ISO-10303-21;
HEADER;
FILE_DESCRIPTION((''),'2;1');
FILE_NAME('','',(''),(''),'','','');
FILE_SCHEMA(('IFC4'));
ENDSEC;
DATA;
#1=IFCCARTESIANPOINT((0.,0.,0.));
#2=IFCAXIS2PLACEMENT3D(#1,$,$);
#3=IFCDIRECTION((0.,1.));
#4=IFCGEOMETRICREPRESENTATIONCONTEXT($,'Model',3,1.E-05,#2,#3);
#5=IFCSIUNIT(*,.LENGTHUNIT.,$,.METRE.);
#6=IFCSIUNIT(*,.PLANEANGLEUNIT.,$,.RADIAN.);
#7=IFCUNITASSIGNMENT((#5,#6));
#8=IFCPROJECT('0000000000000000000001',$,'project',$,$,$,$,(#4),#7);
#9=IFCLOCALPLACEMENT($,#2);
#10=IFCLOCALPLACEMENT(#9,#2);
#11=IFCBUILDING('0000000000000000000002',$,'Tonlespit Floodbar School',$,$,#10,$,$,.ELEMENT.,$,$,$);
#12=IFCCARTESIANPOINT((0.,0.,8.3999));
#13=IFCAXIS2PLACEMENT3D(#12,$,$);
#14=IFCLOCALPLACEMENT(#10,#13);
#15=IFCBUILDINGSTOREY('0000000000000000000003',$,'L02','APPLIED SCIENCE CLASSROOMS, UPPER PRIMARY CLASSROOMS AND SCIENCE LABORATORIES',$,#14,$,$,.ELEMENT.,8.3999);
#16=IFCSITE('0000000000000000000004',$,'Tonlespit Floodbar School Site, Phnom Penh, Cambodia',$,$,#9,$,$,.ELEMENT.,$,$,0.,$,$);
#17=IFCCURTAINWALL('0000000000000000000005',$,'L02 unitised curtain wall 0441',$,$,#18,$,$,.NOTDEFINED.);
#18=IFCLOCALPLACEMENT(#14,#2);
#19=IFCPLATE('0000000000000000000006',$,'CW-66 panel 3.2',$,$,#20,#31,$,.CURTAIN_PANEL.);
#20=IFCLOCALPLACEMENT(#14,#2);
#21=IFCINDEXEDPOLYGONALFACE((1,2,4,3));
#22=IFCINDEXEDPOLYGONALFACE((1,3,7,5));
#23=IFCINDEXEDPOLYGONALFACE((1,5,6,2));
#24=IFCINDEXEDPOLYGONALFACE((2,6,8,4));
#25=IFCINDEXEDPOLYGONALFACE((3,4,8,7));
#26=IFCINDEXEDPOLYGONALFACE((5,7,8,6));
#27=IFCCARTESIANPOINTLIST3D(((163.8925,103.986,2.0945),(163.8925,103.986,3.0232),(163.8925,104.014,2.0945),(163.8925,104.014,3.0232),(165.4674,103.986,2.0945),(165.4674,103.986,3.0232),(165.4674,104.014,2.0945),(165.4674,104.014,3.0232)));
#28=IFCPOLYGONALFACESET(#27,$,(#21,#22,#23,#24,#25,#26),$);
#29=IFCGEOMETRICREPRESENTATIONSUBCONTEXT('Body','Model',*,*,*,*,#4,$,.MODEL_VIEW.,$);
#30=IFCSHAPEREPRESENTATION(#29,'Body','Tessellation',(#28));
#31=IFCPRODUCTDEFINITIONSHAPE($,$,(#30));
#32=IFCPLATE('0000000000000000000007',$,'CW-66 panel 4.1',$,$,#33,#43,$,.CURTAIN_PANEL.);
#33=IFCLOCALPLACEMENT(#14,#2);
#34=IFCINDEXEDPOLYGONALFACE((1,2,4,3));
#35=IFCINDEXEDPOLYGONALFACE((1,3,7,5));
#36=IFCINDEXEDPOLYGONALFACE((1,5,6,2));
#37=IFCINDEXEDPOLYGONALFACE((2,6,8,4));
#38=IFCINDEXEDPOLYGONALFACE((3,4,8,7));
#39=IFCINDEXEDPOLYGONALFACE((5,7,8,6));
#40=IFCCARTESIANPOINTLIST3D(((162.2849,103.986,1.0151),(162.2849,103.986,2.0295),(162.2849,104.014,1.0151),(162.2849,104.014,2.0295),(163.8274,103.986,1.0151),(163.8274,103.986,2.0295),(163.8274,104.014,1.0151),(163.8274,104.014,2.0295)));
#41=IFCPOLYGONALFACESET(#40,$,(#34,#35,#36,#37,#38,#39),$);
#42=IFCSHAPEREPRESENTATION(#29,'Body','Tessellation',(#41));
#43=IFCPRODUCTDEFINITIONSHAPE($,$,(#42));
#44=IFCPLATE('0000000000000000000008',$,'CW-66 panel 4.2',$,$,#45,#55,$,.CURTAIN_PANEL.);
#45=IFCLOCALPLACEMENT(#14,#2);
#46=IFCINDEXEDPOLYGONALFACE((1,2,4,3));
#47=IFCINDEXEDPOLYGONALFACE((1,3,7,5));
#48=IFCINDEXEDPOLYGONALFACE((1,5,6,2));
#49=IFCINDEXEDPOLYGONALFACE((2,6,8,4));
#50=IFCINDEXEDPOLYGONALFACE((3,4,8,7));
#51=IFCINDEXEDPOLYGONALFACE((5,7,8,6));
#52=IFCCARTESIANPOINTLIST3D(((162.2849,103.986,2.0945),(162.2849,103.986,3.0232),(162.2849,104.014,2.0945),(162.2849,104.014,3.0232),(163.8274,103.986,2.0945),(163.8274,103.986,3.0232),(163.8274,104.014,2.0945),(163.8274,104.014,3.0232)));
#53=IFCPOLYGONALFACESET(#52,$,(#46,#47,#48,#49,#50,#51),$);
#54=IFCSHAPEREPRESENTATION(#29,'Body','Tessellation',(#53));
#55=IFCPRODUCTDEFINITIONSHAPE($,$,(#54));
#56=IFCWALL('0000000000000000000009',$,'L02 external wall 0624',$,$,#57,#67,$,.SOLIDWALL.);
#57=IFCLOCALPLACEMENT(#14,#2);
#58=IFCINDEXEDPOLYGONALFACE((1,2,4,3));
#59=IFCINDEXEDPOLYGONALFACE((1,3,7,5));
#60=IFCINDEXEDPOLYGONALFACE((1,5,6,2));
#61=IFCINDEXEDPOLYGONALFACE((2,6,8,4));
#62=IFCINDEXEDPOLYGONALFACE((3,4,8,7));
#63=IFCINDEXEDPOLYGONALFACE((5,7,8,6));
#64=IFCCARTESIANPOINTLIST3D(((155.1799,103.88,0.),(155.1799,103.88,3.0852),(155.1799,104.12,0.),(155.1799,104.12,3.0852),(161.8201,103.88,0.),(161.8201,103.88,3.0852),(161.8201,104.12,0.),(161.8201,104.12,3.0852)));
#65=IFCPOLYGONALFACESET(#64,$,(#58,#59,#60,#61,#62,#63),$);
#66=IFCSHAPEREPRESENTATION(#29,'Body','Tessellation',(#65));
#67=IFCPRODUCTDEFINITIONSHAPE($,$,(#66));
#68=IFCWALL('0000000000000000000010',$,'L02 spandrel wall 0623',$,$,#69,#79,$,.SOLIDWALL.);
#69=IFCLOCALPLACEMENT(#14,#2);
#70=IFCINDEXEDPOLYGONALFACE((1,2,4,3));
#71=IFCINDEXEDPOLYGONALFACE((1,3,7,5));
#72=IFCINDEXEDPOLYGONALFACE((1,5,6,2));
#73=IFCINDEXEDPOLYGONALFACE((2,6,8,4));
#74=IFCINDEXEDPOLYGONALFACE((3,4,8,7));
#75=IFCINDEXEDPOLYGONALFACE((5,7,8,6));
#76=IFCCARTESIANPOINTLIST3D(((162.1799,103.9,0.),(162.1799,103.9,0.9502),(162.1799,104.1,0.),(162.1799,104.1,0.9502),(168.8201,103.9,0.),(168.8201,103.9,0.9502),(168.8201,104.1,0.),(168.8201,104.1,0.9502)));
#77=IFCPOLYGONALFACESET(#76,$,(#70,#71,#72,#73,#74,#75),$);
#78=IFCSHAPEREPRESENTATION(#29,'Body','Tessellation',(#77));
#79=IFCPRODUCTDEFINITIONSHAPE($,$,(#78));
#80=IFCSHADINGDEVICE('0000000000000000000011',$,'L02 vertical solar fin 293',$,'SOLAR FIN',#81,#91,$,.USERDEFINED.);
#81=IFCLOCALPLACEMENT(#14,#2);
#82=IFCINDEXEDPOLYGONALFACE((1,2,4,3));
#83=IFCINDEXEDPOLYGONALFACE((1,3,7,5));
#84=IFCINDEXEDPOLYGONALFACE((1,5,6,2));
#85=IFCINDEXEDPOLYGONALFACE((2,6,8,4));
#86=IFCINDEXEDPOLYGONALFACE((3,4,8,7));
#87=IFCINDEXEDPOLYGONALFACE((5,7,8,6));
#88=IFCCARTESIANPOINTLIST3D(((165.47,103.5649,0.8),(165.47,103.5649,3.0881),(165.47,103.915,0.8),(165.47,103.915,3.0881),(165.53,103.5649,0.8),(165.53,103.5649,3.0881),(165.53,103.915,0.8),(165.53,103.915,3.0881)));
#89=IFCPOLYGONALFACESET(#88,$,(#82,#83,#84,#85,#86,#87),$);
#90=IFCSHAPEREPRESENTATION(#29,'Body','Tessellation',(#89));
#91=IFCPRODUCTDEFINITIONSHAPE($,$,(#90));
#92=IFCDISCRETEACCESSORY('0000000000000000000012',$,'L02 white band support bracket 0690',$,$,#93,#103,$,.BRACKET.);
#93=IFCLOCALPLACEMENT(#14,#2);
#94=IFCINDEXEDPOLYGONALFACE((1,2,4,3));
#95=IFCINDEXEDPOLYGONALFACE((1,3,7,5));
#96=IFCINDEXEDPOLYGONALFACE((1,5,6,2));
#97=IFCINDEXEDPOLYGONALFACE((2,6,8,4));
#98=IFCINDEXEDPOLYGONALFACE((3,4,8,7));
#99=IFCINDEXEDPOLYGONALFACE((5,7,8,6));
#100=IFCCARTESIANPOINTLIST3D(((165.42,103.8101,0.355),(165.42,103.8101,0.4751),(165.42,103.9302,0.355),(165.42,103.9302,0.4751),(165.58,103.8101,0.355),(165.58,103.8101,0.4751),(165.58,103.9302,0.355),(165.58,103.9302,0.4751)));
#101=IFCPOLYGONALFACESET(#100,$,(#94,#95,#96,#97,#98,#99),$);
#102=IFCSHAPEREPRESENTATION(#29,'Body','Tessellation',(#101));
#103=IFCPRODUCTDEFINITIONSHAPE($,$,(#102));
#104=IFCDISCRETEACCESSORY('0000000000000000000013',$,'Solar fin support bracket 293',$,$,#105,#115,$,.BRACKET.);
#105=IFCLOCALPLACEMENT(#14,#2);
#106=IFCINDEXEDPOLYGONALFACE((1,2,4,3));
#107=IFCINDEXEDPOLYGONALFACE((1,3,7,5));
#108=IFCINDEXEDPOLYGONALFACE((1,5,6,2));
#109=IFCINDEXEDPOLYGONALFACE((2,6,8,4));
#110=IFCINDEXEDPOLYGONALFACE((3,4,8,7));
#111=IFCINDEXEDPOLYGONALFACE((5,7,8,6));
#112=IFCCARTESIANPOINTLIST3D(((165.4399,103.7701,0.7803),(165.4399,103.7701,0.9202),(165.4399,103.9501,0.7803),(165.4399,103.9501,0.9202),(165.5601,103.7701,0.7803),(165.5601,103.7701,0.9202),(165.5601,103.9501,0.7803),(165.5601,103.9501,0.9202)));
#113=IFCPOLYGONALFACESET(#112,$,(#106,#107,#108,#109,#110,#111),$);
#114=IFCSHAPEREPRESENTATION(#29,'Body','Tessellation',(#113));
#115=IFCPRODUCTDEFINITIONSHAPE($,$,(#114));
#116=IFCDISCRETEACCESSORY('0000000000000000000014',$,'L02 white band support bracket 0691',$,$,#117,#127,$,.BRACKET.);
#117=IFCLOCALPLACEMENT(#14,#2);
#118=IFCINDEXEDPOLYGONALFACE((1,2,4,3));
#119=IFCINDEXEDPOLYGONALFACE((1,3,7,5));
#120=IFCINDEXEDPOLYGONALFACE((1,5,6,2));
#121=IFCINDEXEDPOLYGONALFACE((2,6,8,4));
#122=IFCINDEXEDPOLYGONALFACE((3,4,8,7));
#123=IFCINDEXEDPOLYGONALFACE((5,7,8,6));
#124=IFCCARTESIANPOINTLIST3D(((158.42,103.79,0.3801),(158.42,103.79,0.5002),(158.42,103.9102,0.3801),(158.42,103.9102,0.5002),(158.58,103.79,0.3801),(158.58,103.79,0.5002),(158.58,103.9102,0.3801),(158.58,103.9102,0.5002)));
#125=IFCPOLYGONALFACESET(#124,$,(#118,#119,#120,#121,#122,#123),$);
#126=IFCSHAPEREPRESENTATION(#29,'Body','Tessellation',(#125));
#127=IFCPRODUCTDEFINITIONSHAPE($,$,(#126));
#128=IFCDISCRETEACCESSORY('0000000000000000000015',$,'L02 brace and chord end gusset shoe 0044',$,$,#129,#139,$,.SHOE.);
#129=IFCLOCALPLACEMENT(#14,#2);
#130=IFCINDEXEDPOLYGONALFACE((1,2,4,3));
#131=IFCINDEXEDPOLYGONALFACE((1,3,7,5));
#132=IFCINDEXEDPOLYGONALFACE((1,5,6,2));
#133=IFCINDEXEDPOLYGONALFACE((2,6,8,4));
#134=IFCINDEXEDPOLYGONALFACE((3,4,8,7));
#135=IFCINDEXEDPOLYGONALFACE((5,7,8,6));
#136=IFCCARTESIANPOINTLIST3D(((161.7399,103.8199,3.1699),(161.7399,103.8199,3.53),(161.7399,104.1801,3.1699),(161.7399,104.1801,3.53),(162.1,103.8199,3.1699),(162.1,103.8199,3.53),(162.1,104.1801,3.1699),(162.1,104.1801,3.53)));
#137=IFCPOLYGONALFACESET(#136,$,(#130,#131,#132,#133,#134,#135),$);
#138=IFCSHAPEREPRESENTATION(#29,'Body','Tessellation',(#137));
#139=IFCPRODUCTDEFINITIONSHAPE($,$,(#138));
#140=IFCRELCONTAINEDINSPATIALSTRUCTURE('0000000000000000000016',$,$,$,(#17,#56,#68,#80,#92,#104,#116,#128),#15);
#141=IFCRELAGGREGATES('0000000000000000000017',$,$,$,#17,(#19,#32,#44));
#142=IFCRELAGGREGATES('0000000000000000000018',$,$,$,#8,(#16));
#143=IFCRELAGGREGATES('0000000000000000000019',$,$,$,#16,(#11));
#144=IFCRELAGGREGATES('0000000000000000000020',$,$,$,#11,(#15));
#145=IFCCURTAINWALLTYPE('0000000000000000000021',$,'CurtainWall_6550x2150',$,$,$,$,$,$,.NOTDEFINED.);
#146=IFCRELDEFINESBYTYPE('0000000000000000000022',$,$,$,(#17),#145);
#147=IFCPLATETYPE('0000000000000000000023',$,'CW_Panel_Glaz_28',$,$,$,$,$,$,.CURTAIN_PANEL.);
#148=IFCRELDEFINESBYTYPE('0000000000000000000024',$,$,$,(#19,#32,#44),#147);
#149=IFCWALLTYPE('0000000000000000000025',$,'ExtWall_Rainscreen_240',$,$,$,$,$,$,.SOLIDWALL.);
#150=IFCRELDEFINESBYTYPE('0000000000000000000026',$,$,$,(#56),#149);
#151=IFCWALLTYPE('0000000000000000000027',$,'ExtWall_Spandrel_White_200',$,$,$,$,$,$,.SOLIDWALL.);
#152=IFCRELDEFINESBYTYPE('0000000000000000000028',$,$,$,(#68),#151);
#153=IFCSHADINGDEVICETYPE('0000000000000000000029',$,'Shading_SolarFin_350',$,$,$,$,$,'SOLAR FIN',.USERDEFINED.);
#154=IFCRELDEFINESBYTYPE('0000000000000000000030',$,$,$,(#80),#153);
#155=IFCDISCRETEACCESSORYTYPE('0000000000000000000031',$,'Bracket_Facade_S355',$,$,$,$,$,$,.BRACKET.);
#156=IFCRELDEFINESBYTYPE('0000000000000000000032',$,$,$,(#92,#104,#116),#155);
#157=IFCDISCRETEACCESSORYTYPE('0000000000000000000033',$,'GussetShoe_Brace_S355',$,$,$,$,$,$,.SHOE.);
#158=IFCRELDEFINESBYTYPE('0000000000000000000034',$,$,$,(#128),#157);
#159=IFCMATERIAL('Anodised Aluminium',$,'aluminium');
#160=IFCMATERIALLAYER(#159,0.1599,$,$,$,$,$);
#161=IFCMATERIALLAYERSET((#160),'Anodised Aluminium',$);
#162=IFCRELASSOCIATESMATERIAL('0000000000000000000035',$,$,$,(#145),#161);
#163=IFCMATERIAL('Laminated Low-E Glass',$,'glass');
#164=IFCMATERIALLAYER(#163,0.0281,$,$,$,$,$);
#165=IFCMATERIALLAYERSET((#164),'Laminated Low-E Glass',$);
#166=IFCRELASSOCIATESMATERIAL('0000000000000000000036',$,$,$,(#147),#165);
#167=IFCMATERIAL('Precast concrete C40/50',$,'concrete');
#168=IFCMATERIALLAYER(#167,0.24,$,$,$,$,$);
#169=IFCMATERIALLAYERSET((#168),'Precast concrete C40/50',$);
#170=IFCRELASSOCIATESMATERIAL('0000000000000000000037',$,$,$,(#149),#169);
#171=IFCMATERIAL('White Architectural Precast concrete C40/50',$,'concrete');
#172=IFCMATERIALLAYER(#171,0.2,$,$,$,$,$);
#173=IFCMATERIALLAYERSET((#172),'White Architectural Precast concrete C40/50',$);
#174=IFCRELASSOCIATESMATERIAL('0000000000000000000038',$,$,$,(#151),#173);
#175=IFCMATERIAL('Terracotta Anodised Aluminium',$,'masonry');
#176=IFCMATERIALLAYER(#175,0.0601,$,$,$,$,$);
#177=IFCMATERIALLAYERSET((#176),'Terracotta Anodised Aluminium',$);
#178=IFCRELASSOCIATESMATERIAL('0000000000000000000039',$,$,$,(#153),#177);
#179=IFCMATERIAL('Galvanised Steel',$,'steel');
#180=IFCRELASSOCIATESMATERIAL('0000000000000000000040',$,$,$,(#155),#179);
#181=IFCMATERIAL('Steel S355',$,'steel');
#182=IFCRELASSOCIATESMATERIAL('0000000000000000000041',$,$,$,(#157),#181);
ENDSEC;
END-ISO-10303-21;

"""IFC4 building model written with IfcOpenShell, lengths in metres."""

from ifc_helpers import new_model, si_unit, direction, frame, frame_2d, origin, origin_2d, place, context, subcontext, project, spatial, rectangle, extrude, material, layer, layer_set, type_object, element, aggregate, save


model = new_model("IFC4")

# Units and contexts
model_context = context("Model", 3, precision=1e-05, world=origin(), true_north=direction((0.0, 1.0)))
body_context = subcontext(model_context, "Body", "Model", "MODEL_VIEW")
ifc_project = project(units=[si_unit("LENGTHUNIT", "METRE"), si_unit("PLANEANGLEUNIT", "RADIAN")], contexts=[model_context])

# Site, building, storey
site_placement = place(None, origin())
site = spatial("IfcSite", under=ifc_project, at=site_placement, Name="Tonlespit Floodbar School Site, Phnom Penh, Cambodia", CompositionType="ELEMENT", RefElevation=0.0)
building_placement = place(site_placement, origin())
building = spatial("IfcBuilding", under=site, at=building_placement, Name="Tonlespit Floodbar School", CompositionType="ELEMENT")
storey_placement = place(building_placement, frame((0.0, 0.0, 8.3999)))
storey = spatial("IfcBuildingStorey", under=building, at=storey_placement, Name="L02", Description="APPLIED SCIENCE CLASSROOMS, UPPER PRIMARY CLASSROOMS AND SCIENCE LABORATORIES", CompositionType="ELEMENT", Elevation=8.3999)

# Curtain wall
ifc_material_1 = material(Name="Anodised Aluminium", Category="aluminium")
ifc_layer_1 = layer(ifc_material_1, 0.1599)
ifc_layer_set_1 = layer_set([ifc_layer_1], Name="Anodised Aluminium")
curtain_wall_type = type_object("IfcCurtainWallType", Name="CurtainWall_6550x2150", PredefinedType="NOTDEFINED", material=ifc_layer_set_1)
curtain_wall_placement = place(storey_placement, origin())
curtain_wall = element("IfcCurtainWall", 1, at=curtain_wall_placement, inside=storey, type_object=curtain_wall_type, Name="L02 unitised curtain wall 0441", PredefinedType="NOTDEFINED")

# Plates
ifc_material_2 = material(Name="Laminated Low-E Glass", Category="glass")
ifc_layer_2 = layer(ifc_material_2, 0.0281)
ifc_layer_set_2 = layer_set([ifc_layer_2], Name="Laminated Low-E Glass")
plate_type = type_object("IfcPlateType", Name="CW_Panel_Glaz_28", PredefinedType="CURTAIN_PANEL", material=ifc_layer_set_2)
plate_1_placement = place(storey_placement, frame((164.6799, 104.0, 2.0945), z_axis=(0.0, 0.0, 1.0), x_axis=(-1.0, 0.0, 0.0)))
plate_1 = element("IfcPlate", 2, at=plate_1_placement, type_object=plate_type, Name="CW-66 panel 3.2", PredefinedType="CURTAIN_PANEL", context=body_context, shape_type="SweptSolid", body=[
    extrude(rectangle(XDim=1.575, YDim=0.0281, at=origin_2d()), origin(), (0.0, 0.0, 1.0), 0.9287),
])
plate_2_placement = place(storey_placement, frame((163.0562, 104.0, 1.0151), z_axis=(0.0, 0.0, 1.0), x_axis=(-1.0, 0.0, 0.0)))
plate_2 = element("IfcPlate", 3, at=plate_2_placement, type_object=plate_type, Name="CW-66 panel 4.1", PredefinedType="CURTAIN_PANEL", context=body_context, shape_type="SweptSolid", body=[
    extrude(rectangle(XDim=1.5425, YDim=0.0281, at=origin_2d()), origin(), (0.0, 0.0, 1.0), 1.0144),
])
plate_3_placement = place(storey_placement, frame((163.0562, 104.0, 2.0945), z_axis=(0.0, 0.0, 1.0), x_axis=(-1.0, 0.0, 0.0)))
plate_3 = element("IfcPlate", 4, at=plate_3_placement, type_object=plate_type, Name="CW-66 panel 4.2", PredefinedType="CURTAIN_PANEL", context=body_context, shape_type="SweptSolid", body=[
    extrude(rectangle(XDim=1.5425, YDim=0.0281, at=origin_2d()), origin(), (0.0, 0.0, 1.0), 0.9287),
])
aggregate(curtain_wall, [plate_1, plate_2, plate_3])

# Walls
ifc_material_3 = material(Name="Precast concrete C40/50", Category="concrete")
ifc_layer_3 = layer(ifc_material_3, 0.24)
ifc_layer_set_3 = layer_set([ifc_layer_3], Name="Precast concrete C40/50")
wall_type_1 = type_object("IfcWallType", Name="ExtWall_Rainscreen_240", PredefinedType="SOLIDWALL", material=ifc_layer_set_3)
wall_1_placement = place(storey_placement, frame((161.8201, 104.0, 0.0), z_axis=(0.0, 0.0, 1.0), x_axis=(-1.0, 0.0, 0.0)))
element("IfcWall", 5, at=wall_1_placement, inside=storey, type_object=wall_type_1, Name="L02 external wall 0624", PredefinedType="SOLIDWALL", context=body_context, shape_type="SweptSolid", body=[
    extrude(rectangle(XDim=6.6401, YDim=0.24, at=frame_2d((3.3201, 0.0))), origin(), (0.0, 0.0, 1.0), 3.0852),
])
ifc_material_4 = material(Name="White Architectural Precast concrete C40/50", Category="concrete")
ifc_layer_4 = layer(ifc_material_4, 0.2)
ifc_layer_set_4 = layer_set([ifc_layer_4], Name="White Architectural Precast concrete C40/50")
wall_type_2 = type_object("IfcWallType", Name="ExtWall_Spandrel_White_200", PredefinedType="SOLIDWALL", material=ifc_layer_set_4)
wall_2_placement = place(storey_placement, frame((168.8201, 104.0, 0.0), z_axis=(0.0, 0.0, 1.0), x_axis=(-1.0, 0.0, 0.0)))
element("IfcWall", 6, at=wall_2_placement, inside=storey, type_object=wall_type_2, Name="L02 spandrel wall 0623", PredefinedType="SOLIDWALL", context=body_context, shape_type="SweptSolid", body=[
    extrude(rectangle(XDim=6.6401, YDim=0.2, at=frame_2d((3.3201, 0.0))), origin(), (0.0, 0.0, 1.0), 0.9502),
])

# Shading device
ifc_material_5 = material(Name="Terracotta Anodised Aluminium", Category="masonry")
ifc_layer_5 = layer(ifc_material_5, 0.0601)
ifc_layer_set_5 = layer_set([ifc_layer_5], Name="Terracotta Anodised Aluminium")
shading_device_type = type_object("IfcShadingDeviceType", Name="Shading_SolarFin_350", ElementType="SOLAR FIN", PredefinedType="USERDEFINED", material=ifc_layer_set_5)
shading_device_placement = place(storey_placement, frame((165.5, 103.74, 0.8), z_axis=(0.0, 0.0, 1.0), x_axis=(-1.0, 0.0, 0.0)))
element("IfcShadingDevice", 7, at=shading_device_placement, inside=storey, type_object=shading_device_type, Name="L02 vertical solar fin 293", ObjectType="SOLAR FIN", PredefinedType="USERDEFINED", context=body_context, shape_type="SweptSolid", body=[
    extrude(rectangle(XDim=0.0601, YDim=0.3501, at=origin_2d()), origin(), (0.0, 0.0, 1.0), 2.2881),
])

# Discrete accessories
ifc_material_6 = material(Name="Galvanised Steel", Category="steel")
discrete_accessory_type_1 = type_object("IfcDiscreteAccessoryType", Name="Bracket_Facade_S355", PredefinedType="BRACKET", material=ifc_material_6)
discrete_accessory_1_placement = place(storey_placement, frame((165.5, 103.8701, 0.355), z_axis=(0.0, 0.0, 1.0), x_axis=(-1.0, 0.0, 0.0)))
element("IfcDiscreteAccessory", 8, at=discrete_accessory_1_placement, inside=storey, type_object=discrete_accessory_type_1, Name="L02 white band support bracket 0690", PredefinedType="BRACKET", context=body_context, shape_type="SweptSolid", body=[
    extrude(rectangle(XDim=0.1599, YDim=0.1201, at=origin_2d()), origin(), (0.0, 0.0, 1.0), 0.1201),
])
discrete_accessory_2_placement = place(storey_placement, frame((165.5, 103.8601, 0.7803), z_axis=(0.0, 0.0, 1.0), x_axis=(-1.0, 0.0, 0.0)))
element("IfcDiscreteAccessory", 9, at=discrete_accessory_2_placement, inside=storey, type_object=discrete_accessory_type_1, Name="Solar fin support bracket 293", PredefinedType="BRACKET", context=body_context, shape_type="SweptSolid", body=[
    extrude(rectangle(XDim=0.1201, YDim=0.1799, at=origin_2d()), origin(), (0.0, 0.0, 1.0), 0.1399),
])
discrete_accessory_3_placement = place(storey_placement, frame((158.5, 103.8501, 0.3801), z_axis=(0.0, 0.0, 1.0), x_axis=(-1.0, 0.0, 0.0)))
element("IfcDiscreteAccessory", 10, at=discrete_accessory_3_placement, inside=storey, type_object=discrete_accessory_type_1, Name="L02 white band support bracket 0691", PredefinedType="BRACKET", context=body_context, shape_type="SweptSolid", body=[
    extrude(rectangle(XDim=0.1599, YDim=0.1201, at=origin_2d()), origin(), (0.0, 0.0, 1.0), 0.1201),
])
ifc_material_7 = material(Name="Steel S355", Category="steel")
discrete_accessory_type_2 = type_object("IfcDiscreteAccessoryType", Name="GussetShoe_Brace_S355", PredefinedType="SHOE", material=ifc_material_7)
discrete_accessory_4_placement = place(storey_placement, frame((161.9199, 104.0, 3.1699), z_axis=(0.0, 0.0, 1.0), x_axis=(1.0, 0.0, 0.0)))
element("IfcDiscreteAccessory", 11, at=discrete_accessory_4_placement, inside=storey, type_object=discrete_accessory_type_2, Name="L02 brace and chord end gusset shoe 0044", PredefinedType="SHOE", context=body_context, shape_type="SweptSolid", body=[
    extrude(rectangle(XDim=0.3601, YDim=0.3601, at=origin_2d()), origin(), (0.0, 0.0, 1.0), 0.3601),
])

save(model, "model.ifc")
